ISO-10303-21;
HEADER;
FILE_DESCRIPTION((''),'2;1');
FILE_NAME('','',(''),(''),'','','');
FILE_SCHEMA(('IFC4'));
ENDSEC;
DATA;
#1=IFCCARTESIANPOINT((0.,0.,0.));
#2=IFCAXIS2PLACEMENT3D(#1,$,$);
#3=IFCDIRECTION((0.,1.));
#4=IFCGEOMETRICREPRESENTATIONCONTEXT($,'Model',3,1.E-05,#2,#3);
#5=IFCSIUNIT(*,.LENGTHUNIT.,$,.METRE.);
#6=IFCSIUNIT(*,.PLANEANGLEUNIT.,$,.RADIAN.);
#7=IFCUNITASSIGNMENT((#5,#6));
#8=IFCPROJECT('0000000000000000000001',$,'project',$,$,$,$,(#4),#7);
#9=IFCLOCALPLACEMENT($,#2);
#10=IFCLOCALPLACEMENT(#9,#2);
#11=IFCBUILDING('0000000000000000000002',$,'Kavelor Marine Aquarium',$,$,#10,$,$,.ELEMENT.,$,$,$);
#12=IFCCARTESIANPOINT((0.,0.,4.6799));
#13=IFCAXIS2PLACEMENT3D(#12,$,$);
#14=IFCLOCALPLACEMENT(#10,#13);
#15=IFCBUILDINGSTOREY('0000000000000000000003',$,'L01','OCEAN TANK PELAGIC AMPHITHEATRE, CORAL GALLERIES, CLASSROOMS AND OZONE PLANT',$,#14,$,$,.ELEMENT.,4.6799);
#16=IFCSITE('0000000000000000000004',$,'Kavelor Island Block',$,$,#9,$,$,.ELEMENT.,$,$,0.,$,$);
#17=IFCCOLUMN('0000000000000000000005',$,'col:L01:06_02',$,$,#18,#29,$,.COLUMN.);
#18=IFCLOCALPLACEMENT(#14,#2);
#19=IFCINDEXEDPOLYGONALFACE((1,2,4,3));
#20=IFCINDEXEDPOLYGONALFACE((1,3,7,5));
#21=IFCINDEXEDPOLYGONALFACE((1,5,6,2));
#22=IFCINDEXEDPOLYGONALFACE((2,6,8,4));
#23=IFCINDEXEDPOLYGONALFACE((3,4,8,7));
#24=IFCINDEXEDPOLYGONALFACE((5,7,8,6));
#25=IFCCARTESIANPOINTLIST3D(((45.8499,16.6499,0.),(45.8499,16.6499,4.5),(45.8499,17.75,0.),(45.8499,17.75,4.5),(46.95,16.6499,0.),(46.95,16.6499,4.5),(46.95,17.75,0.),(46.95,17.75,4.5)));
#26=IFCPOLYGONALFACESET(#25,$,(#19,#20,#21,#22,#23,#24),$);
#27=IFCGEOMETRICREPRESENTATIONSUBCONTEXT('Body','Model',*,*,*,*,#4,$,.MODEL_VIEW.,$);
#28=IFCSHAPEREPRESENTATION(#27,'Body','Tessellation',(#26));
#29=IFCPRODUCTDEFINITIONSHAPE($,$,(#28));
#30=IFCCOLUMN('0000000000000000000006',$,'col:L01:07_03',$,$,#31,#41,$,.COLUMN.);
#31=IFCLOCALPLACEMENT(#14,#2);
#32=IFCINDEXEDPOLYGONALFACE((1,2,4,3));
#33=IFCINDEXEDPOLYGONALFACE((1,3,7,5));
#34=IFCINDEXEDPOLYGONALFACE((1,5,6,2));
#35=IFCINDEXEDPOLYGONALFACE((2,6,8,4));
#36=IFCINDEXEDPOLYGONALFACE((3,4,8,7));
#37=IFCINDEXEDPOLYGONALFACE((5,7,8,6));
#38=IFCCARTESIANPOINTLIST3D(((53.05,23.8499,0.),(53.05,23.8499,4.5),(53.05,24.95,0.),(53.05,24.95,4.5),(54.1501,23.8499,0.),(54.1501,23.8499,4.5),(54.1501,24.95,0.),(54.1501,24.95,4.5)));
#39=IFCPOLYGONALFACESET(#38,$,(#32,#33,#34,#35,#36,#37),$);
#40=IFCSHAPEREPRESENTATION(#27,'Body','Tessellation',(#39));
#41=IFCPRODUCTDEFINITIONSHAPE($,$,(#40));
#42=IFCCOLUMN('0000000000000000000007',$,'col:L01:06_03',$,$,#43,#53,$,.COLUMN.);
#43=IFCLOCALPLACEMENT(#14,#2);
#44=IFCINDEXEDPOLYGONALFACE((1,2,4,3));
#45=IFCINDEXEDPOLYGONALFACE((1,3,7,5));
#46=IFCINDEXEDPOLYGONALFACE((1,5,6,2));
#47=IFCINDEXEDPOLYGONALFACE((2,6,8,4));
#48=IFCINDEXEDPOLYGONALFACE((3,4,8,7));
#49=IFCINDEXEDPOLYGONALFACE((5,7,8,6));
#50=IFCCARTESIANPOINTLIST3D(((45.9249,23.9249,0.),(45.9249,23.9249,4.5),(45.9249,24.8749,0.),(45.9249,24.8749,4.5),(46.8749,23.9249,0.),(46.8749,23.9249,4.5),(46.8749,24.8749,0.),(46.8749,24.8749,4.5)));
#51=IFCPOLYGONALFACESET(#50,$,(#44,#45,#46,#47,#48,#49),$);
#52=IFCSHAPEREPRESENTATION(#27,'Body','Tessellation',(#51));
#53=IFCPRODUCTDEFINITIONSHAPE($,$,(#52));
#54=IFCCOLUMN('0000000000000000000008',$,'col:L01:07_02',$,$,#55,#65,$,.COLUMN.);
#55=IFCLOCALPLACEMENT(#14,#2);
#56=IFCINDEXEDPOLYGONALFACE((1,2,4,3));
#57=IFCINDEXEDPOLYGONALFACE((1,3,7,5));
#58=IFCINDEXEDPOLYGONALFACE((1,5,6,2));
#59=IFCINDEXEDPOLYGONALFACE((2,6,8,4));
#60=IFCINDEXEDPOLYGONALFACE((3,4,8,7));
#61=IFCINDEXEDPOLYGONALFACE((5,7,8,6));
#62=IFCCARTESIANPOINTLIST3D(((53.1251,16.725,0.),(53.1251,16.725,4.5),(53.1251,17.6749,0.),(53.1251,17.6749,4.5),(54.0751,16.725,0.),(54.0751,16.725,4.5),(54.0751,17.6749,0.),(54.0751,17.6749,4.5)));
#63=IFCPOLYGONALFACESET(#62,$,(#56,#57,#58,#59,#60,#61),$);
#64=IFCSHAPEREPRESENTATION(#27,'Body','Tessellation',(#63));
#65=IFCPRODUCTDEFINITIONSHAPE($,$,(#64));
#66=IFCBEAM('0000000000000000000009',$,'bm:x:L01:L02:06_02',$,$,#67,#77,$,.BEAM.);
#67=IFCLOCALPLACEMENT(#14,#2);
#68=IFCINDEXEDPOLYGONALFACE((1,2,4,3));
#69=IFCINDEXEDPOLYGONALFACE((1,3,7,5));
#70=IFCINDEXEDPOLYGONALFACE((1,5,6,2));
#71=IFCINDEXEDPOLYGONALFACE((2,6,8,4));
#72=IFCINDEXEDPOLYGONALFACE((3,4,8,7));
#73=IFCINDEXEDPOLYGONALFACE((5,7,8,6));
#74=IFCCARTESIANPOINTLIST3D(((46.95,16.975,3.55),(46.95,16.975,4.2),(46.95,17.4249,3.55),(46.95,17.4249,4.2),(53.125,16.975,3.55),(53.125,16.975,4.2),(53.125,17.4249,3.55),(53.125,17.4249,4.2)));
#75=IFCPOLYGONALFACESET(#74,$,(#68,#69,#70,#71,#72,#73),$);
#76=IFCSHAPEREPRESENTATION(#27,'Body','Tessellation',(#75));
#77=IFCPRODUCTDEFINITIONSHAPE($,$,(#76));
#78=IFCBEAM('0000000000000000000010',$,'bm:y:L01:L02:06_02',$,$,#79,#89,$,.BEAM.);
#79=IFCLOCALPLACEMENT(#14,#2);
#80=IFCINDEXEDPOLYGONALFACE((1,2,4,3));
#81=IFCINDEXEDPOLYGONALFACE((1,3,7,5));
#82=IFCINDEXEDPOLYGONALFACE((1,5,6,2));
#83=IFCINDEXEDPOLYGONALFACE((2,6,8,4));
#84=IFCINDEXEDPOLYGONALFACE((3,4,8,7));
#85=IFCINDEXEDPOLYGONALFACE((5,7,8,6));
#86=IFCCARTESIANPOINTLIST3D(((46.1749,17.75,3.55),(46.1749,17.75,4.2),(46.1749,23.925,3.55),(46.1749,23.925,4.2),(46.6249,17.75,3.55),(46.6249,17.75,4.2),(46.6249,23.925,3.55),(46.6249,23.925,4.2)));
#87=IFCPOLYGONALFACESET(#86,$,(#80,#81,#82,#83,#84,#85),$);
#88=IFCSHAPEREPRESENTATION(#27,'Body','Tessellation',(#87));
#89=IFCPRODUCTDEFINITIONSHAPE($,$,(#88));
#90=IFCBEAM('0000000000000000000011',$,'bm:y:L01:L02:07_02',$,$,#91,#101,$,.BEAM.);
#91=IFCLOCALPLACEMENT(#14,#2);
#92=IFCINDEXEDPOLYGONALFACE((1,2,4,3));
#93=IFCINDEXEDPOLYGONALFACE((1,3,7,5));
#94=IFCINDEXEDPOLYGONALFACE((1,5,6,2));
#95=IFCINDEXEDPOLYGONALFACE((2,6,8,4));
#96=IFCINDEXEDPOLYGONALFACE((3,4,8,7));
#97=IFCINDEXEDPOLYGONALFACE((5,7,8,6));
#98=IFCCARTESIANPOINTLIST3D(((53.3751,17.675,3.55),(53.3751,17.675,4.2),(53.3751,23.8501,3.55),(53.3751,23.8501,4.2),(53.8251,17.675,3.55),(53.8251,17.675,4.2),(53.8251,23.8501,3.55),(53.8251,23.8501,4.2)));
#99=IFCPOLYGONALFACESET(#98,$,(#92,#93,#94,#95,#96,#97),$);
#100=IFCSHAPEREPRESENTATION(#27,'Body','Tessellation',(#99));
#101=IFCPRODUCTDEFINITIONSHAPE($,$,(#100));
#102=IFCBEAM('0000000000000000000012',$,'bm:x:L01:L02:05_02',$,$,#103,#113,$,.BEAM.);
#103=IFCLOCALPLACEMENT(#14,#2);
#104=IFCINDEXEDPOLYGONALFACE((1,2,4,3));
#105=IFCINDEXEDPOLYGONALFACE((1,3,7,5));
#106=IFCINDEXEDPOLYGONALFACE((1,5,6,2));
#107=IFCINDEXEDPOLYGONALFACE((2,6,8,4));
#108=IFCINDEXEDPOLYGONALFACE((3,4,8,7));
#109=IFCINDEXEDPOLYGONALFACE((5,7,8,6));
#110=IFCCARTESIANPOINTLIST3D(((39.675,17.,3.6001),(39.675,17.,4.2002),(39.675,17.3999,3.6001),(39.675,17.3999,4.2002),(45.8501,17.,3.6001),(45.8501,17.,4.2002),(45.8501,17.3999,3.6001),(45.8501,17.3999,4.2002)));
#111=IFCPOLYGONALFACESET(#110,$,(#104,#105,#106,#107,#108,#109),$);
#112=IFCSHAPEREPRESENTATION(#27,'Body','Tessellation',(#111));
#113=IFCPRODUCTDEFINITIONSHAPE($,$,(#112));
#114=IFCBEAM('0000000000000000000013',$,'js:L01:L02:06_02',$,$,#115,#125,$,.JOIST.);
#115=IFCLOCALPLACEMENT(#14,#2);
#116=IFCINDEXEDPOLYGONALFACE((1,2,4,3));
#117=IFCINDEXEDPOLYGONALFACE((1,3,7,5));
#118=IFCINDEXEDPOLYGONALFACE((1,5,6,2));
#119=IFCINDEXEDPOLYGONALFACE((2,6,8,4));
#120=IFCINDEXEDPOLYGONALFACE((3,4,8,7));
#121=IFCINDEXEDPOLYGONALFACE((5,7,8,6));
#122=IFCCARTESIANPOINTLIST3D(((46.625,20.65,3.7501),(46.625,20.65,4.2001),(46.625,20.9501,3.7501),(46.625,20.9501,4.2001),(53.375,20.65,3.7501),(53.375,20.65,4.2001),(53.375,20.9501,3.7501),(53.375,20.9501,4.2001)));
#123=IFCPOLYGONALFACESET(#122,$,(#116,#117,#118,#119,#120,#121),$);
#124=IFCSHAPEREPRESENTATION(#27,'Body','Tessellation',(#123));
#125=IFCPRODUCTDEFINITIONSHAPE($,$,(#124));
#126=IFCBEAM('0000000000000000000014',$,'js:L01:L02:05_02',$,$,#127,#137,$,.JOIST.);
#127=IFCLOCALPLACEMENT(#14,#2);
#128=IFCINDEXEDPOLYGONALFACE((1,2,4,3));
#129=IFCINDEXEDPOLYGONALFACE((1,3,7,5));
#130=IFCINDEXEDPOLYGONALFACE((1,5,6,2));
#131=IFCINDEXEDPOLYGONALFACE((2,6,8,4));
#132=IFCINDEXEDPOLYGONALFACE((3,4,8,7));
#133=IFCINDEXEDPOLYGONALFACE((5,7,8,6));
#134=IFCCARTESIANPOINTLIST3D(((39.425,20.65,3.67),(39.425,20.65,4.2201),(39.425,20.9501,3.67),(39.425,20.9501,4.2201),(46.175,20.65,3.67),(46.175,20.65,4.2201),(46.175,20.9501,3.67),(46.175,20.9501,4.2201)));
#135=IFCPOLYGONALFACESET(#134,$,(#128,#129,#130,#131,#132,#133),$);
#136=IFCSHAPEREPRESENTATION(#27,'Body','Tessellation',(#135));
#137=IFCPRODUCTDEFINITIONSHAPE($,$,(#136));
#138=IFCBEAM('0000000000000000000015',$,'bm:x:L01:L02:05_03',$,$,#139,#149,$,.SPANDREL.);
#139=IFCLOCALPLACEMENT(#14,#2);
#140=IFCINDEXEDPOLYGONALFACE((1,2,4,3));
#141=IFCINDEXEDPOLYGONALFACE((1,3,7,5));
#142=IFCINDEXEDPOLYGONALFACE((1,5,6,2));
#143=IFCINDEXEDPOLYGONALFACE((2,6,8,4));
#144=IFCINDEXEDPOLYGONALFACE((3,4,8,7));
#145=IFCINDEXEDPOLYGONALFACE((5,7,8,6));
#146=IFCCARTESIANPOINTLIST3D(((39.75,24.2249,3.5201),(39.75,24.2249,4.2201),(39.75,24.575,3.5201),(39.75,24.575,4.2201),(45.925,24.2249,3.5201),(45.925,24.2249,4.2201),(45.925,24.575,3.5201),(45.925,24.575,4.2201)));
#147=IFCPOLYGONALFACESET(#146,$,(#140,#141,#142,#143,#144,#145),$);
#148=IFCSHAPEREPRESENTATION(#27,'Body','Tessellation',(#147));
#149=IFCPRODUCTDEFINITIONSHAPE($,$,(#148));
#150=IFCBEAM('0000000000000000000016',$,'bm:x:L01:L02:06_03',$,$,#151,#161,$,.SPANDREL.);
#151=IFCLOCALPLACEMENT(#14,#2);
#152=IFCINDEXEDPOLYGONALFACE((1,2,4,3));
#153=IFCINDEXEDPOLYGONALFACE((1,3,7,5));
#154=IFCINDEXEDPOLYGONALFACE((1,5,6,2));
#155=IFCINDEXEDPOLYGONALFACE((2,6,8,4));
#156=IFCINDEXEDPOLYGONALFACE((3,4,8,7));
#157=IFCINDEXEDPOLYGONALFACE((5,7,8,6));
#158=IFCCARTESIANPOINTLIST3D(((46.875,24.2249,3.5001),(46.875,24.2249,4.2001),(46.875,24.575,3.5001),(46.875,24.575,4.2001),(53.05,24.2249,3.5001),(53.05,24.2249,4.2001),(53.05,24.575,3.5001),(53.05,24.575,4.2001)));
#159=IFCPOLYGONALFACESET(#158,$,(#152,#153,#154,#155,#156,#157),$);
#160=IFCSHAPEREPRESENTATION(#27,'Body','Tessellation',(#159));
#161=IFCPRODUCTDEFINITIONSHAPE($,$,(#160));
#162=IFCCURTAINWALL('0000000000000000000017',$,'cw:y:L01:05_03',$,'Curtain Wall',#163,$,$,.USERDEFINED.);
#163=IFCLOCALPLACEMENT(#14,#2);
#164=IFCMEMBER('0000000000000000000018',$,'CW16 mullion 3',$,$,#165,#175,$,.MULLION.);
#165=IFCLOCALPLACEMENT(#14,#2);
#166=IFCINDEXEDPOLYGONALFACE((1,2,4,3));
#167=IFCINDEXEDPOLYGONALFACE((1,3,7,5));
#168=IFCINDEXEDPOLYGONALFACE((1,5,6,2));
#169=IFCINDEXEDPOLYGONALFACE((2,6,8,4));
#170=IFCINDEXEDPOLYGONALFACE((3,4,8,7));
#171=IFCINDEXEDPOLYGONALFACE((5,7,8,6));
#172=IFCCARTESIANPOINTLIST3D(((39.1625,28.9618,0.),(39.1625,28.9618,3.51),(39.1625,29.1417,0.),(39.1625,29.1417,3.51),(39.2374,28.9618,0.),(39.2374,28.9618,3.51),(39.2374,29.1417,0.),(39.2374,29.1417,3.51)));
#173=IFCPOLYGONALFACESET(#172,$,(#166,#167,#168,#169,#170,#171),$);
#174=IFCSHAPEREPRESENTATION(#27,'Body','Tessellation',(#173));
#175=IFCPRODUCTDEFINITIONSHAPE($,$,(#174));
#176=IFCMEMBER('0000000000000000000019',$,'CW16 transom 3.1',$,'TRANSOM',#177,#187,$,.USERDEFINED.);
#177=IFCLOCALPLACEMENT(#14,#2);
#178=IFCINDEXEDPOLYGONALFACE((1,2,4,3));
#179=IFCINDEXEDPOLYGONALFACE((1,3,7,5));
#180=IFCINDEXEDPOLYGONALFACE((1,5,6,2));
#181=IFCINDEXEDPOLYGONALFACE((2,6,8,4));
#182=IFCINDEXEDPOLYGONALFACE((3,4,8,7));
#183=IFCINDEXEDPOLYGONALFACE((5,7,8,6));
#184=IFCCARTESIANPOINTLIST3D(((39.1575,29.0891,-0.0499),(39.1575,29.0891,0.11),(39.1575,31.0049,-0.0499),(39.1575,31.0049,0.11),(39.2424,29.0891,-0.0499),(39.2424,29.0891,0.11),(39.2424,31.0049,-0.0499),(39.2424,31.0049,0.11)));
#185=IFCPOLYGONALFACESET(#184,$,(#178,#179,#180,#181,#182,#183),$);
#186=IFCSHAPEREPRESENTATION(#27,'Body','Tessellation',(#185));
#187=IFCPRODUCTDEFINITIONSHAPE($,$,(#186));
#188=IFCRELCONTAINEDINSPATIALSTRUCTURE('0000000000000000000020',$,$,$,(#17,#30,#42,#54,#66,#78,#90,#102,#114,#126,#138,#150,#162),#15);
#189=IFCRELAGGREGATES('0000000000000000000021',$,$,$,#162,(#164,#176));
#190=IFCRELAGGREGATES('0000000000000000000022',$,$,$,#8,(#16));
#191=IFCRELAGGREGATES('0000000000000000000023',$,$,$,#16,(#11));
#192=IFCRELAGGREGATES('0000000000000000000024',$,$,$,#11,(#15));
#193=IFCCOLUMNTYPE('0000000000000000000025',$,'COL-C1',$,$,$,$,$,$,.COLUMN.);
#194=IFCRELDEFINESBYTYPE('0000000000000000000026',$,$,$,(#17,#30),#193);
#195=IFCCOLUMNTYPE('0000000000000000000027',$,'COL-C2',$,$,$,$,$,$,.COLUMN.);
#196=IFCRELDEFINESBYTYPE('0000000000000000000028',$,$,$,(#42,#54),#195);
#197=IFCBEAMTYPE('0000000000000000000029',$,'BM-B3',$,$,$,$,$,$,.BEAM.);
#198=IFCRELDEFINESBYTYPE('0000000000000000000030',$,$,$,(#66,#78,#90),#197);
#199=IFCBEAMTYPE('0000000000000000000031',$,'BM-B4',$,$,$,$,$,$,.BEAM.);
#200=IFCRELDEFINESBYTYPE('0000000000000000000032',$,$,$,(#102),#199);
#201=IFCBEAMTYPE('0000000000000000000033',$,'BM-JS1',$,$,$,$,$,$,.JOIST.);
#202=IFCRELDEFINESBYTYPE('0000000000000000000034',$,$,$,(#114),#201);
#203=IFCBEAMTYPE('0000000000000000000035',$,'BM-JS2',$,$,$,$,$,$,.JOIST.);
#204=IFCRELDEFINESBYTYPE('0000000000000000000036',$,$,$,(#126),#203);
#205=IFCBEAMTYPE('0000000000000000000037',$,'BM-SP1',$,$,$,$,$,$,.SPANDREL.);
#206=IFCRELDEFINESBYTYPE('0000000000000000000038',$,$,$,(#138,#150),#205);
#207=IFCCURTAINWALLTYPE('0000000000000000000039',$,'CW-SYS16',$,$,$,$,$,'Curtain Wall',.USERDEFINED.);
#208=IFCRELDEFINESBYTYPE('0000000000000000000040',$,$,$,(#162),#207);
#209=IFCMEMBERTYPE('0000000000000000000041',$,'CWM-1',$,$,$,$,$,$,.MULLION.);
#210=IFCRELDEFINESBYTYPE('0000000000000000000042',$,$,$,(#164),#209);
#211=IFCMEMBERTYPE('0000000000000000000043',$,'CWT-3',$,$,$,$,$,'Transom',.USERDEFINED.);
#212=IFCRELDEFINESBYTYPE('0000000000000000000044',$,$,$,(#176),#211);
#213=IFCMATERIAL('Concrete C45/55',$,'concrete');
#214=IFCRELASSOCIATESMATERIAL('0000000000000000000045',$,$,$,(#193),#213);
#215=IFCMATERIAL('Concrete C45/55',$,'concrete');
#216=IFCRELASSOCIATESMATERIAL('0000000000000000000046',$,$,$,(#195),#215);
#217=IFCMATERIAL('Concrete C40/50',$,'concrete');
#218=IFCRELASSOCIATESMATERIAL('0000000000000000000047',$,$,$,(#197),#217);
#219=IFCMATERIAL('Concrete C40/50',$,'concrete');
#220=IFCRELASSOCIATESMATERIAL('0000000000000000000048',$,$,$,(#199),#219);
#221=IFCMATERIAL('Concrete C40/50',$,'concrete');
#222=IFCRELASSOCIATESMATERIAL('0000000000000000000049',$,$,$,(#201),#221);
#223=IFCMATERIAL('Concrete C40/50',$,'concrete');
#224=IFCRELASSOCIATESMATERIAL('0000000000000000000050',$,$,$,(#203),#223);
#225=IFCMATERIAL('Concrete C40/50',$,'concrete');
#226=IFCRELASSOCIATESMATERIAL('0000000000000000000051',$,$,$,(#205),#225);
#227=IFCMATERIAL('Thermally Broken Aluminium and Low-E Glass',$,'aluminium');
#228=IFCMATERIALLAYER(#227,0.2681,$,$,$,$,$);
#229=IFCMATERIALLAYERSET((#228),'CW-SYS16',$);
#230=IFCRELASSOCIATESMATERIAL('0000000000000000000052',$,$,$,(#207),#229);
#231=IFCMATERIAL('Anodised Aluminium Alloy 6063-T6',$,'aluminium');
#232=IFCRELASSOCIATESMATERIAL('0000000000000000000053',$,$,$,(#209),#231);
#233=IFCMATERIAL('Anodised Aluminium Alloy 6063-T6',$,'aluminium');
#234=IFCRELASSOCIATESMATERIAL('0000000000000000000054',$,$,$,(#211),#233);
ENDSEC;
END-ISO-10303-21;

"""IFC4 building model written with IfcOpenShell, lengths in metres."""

from ifc_helpers import new_model, si_unit, direction, frame, origin, origin_2d, place, context, subcontext, project, spatial, rectangle, extrude, material, layer, layer_set, material_profile, profile_set, type_object, element, aggregate, save


model = new_model("IFC4")

# Units and contexts
model_context = context("Model", 3, precision=1e-05, world=origin(), true_north=direction((0.0, 1.0)))
body_context = subcontext(model_context, "Body", "Model", "MODEL_VIEW")
ifc_project = project(units=[si_unit("LENGTHUNIT", "METRE"), si_unit("PLANEANGLEUNIT", "RADIAN")], contexts=[model_context])

# Site, building, storey
site_placement = place(None, origin())
site = spatial("IfcSite", under=ifc_project, at=site_placement, Name="Kavelor Island Block", CompositionType="ELEMENT", RefElevation=0.0)
building_placement = place(site_placement, origin())
building = spatial("IfcBuilding", under=site, at=building_placement, Name="Kavelor Marine Aquarium", CompositionType="ELEMENT")
storey_placement = place(building_placement, frame((0.0, 0.0, 4.6799)))
storey = spatial("IfcBuildingStorey", under=building, at=storey_placement, Name="L01", Description="OCEAN TANK PELAGIC AMPHITHEATRE, CORAL GALLERIES, CLASSROOMS AND OZONE PLANT", CompositionType="ELEMENT", Elevation=4.6799)

# Columns
ifc_material_1 = material(Name="Concrete C45/55", Category="concrete")
ifc_material_profile_1 = material_profile(ifc_material_1, rectangle(XDim=1.1001, YDim=1.1001, at=origin_2d()), Name="RC-COL 1100x1100")
ifc_profile_set_1 = profile_set([ifc_material_profile_1], Name="Concrete C45/55")
column_type_1 = type_object("IfcColumnType", Name="COL-C1", PredefinedType="COLUMN", material=ifc_profile_set_1)
for number, where, z_axis, x_axis, name in (
    (1, (46.3999, 17.2, 0.0), (0.0, 0.0, 1.0), (1.0, 0.0, 0.0), "col:L01:06_02"),
    (2, (53.6001, 24.3999, 0.0), (0.0, 0.0, 1.0), (1.0, 0.0, 0.0), "col:L01:07_03"),
):
    element("IfcColumn", number, at=place(storey_placement, frame(where, z_axis=z_axis, x_axis=x_axis)), inside=storey, type_object=column_type_1, Name=name, PredefinedType="COLUMN", context=body_context, shape_type="SweptSolid", body=[
        extrude(rectangle(XDim=1.1001, YDim=1.1001, at=origin_2d()), origin(), (0.0, 0.0, 1.0), 4.5),
    ])
ifc_material_2 = material(Name="Concrete C45/55", Category="concrete")
ifc_material_profile_2 = material_profile(ifc_material_2, rectangle(XDim=0.95, YDim=0.95, at=origin_2d()), Name="RC-COL 950x950")
ifc_profile_set_2 = profile_set([ifc_material_profile_2], Name="Concrete C45/55")
column_type_2 = type_object("IfcColumnType", Name="COL-C2", PredefinedType="COLUMN", material=ifc_profile_set_2)
for number, where, z_axis, x_axis, name in (
    (3, (46.3999, 24.3999, 0.0), (0.0, 0.0, 1.0), (1.0, 0.0, 0.0), "col:L01:06_03"),
    (4, (53.6001, 17.2, 0.0), (0.0, 0.0, 1.0), (1.0, 0.0, 0.0), "col:L01:07_02"),
):
    element("IfcColumn", number, at=place(storey_placement, frame(where, z_axis=z_axis, x_axis=x_axis)), inside=storey, type_object=column_type_2, Name=name, PredefinedType="COLUMN", context=body_context, shape_type="SweptSolid", body=[
        extrude(rectangle(XDim=0.95, YDim=0.95, at=origin_2d()), origin(), (0.0, 0.0, 1.0), 4.5),
    ])

# Beams
ifc_material_3 = material(Name="Concrete C40/50", Category="concrete")
ifc_material_profile_3 = material_profile(ifc_material_3, rectangle(XDim=0.45, YDim=0.6499, at=origin_2d()), Name="RC-BM 450x650")
ifc_profile_set_3 = profile_set([ifc_material_profile_3], Name="Concrete C40/50")
beam_type_1 = type_object("IfcBeamType", Name="BM-B3", PredefinedType="BEAM", material=ifc_profile_set_3)
for number, where, z_axis, x_axis, name in (
    (5, (46.95, 17.2, 3.875), (1.0, 0.0, 0.0), (0.0, 1.0, 0.0), "bm:x:L01:L02:06_02"),
    (6, (46.3999, 17.75, 3.875), (0.0, 1.0, 0.0), (-1.0, 0.0, 0.0), "bm:y:L01:L02:06_02"),
    (7, (53.6001, 17.675, 3.875), (0.0, 1.0, 0.0), (-1.0, 0.0, 0.0), "bm:y:L01:L02:07_02"),
):
    element("IfcBeam", number, at=place(storey_placement, frame(where, z_axis=z_axis, x_axis=x_axis)), inside=storey, type_object=beam_type_1, Name=name, PredefinedType="BEAM", context=body_context, shape_type="SweptSolid", body=[
        extrude(rectangle(XDim=0.45, YDim=0.6499, at=origin_2d()), origin(), (0.0, 0.0, 1.0), 6.175),
    ])
ifc_material_4 = material(Name="Concrete C40/50", Category="concrete")
ifc_material_profile_4 = material_profile(ifc_material_4, rectangle(XDim=0.3999, YDim=0.6001, at=origin_2d()), Name="RC-BM 400x600")
ifc_profile_set_4 = profile_set([ifc_material_profile_4], Name="Concrete C40/50")
beam_type_2 = type_object("IfcBeamType", Name="BM-B4", PredefinedType="BEAM", material=ifc_profile_set_4)
beam_1_placement = place(storey_placement, frame((39.675, 17.2, 3.9001), z_axis=(1.0, 0.0, 0.0), x_axis=(0.0, 1.0, 0.0)))
element("IfcBeam", 8, at=beam_1_placement, inside=storey, type_object=beam_type_2, Name="bm:x:L01:L02:05_02", PredefinedType="BEAM", context=body_context, shape_type="SweptSolid", body=[
    extrude(rectangle(XDim=0.3999, YDim=0.6001, at=origin_2d()), origin(), (0.0, 0.0, 1.0), 6.175),
])
ifc_material_5 = material(Name="Concrete C40/50", Category="concrete")
ifc_material_profile_5 = material_profile(ifc_material_5, rectangle(XDim=0.3, YDim=0.45, at=origin_2d()), Name="RC-JS 300x450")
ifc_profile_set_5 = profile_set([ifc_material_profile_5], Name="Concrete C40/50")
beam_type_3 = type_object("IfcBeamType", Name="BM-JS1", PredefinedType="JOIST", material=ifc_profile_set_5)
beam_2_placement = place(storey_placement, frame((46.625, 20.8, 3.9751), z_axis=(1.0, 0.0, 0.0), x_axis=(0.0, 1.0, 0.0)))
element("IfcBeam", 9, at=beam_2_placement, inside=storey, type_object=beam_type_3, Name="js:L01:L02:06_02", PredefinedType="JOIST", context=body_context, shape_type="SweptSolid", body=[
    extrude(rectangle(XDim=0.3, YDim=0.45, at=origin_2d()), origin(), (0.0, 0.0, 1.0), 6.75),
])
ifc_material_6 = material(Name="Concrete C40/50", Category="concrete")
ifc_material_profile_6 = material_profile(ifc_material_6, rectangle(XDim=0.3, YDim=0.55, at=origin_2d()), Name="RC-JS 300x550")
ifc_profile_set_6 = profile_set([ifc_material_profile_6], Name="Concrete C40/50")
beam_type_4 = type_object("IfcBeamType", Name="BM-JS2", PredefinedType="JOIST", material=ifc_profile_set_6)
beam_3_placement = place(storey_placement, frame((39.425, 20.8, 3.9451), z_axis=(1.0, 0.0, 0.0), x_axis=(0.0, 1.0, 0.0)))
element("IfcBeam", 10, at=beam_3_placement, inside=storey, type_object=beam_type_4, Name="js:L01:L02:05_02", PredefinedType="JOIST", context=body_context, shape_type="SweptSolid", body=[
    extrude(rectangle(XDim=0.3, YDim=0.55, at=origin_2d()), origin(), (0.0, 0.0, 1.0), 6.75),
])
ifc_material_7 = material(Name="Concrete C40/50", Category="concrete")
ifc_material_profile_7 = material_profile(ifc_material_7, rectangle(XDim=0.3501, YDim=0.7, at=origin_2d()), Name="RC-SP 350x700")
ifc_profile_set_7 = profile_set([ifc_material_profile_7], Name="Concrete C40/50")
beam_type_5 = type_object("IfcBeamType", Name="BM-SP1", PredefinedType="SPANDREL", material=ifc_profile_set_7)
for number, where, z_axis, x_axis, name in (
    (11, (39.75, 24.3999, 3.8701), (1.0, 0.0, 0.0), (0.0, 1.0, 0.0), "bm:x:L01:L02:05_03"),
    (12, (46.875, 24.3999, 3.8501), (1.0, 0.0, 0.0), (0.0, 1.0, 0.0), "bm:x:L01:L02:06_03"),
):
    element("IfcBeam", number, at=place(storey_placement, frame(where, z_axis=z_axis, x_axis=x_axis)), inside=storey, type_object=beam_type_5, Name=name, PredefinedType="SPANDREL", context=body_context, shape_type="SweptSolid", body=[
        extrude(rectangle(XDim=0.3501, YDim=0.7, at=origin_2d()), origin(), (0.0, 0.0, 1.0), 6.175),
    ])

# Curtain wall, members
ifc_material_8 = material(Name="Thermally Broken Aluminium and Low-E Glass", Category="aluminium")
ifc_layer_1 = layer(ifc_material_8, 0.2681)
ifc_layer_set_1 = layer_set([ifc_layer_1], Name="CW-SYS16")
curtain_wall_type = type_object("IfcCurtainWallType", Name="CW-SYS16", ElementType="Curtain Wall", PredefinedType="USERDEFINED", material=ifc_layer_set_1)
curtain_wall_placement = place(storey_placement, origin())
curtain_wall = element("IfcCurtainWall", 13, at=curtain_wall_placement, inside=storey, type_object=curtain_wall_type, Name="cw:y:L01:05_03", ObjectType="Curtain Wall", PredefinedType="USERDEFINED")
ifc_material_9 = material(Name="Anodised Aluminium Alloy 6063-T6", Category="aluminium")
ifc_material_profile_8 = material_profile(ifc_material_9, rectangle(XDim=0.075, YDim=0.1799, at=origin_2d()), Name="CW-MUL 75x180")
ifc_profile_set_8 = profile_set([ifc_material_profile_8], Name="Anodised Aluminium Alloy 6063-T6")
member_type_1 = type_object("IfcMemberType", Name="CWM-1", PredefinedType="MULLION", material=ifc_profile_set_8)
member_1_placement = place(storey_placement, frame((39.2, 29.0518, 0.0), z_axis=(0.0, 0.0, 1.0), x_axis=(-1.0, 0.0, 0.0)))
member_1 = element("IfcMember", 14, at=member_1_placement, type_object=member_type_1, Name="CW16 mullion 3", PredefinedType="MULLION", context=body_context, shape_type="SweptSolid", body=[
    extrude(rectangle(XDim=0.075, YDim=0.1799, at=origin_2d()), origin(), (0.0, 0.0, 1.0), 3.51),
])
ifc_material_10 = material(Name="Anodised Aluminium Alloy 6063-T6", Category="aluminium")
ifc_material_profile_9 = material_profile(ifc_material_10, rectangle(XDim=0.085, YDim=0.1599, at=origin_2d()), Name="CW-TRN 85x160")
ifc_profile_set_9 = profile_set([ifc_material_profile_9], Name="Anodised Aluminium Alloy 6063-T6")
member_type_2 = type_object("IfcMemberType", Name="CWT-3", ElementType="Transom", PredefinedType="USERDEFINED", material=ifc_profile_set_9)
member_2_placement = place(storey_placement, frame((39.2, 29.0891, 0.03), z_axis=(0.0, 1.0, 0.0), x_axis=(-1.0, 0.0, 0.0)))
member_2 = element("IfcMember", 15, at=member_2_placement, type_object=member_type_2, Name="CW16 transom 3.1", ObjectType="TRANSOM", PredefinedType="USERDEFINED", context=body_context, shape_type="SweptSolid", body=[
    extrude(rectangle(XDim=0.085, YDim=0.1599, at=origin_2d()), origin(), (0.0, 0.0, 1.0), 1.9158),
])
aggregate(curtain_wall, [member_1, member_2])

save(model, "model.ifc")
